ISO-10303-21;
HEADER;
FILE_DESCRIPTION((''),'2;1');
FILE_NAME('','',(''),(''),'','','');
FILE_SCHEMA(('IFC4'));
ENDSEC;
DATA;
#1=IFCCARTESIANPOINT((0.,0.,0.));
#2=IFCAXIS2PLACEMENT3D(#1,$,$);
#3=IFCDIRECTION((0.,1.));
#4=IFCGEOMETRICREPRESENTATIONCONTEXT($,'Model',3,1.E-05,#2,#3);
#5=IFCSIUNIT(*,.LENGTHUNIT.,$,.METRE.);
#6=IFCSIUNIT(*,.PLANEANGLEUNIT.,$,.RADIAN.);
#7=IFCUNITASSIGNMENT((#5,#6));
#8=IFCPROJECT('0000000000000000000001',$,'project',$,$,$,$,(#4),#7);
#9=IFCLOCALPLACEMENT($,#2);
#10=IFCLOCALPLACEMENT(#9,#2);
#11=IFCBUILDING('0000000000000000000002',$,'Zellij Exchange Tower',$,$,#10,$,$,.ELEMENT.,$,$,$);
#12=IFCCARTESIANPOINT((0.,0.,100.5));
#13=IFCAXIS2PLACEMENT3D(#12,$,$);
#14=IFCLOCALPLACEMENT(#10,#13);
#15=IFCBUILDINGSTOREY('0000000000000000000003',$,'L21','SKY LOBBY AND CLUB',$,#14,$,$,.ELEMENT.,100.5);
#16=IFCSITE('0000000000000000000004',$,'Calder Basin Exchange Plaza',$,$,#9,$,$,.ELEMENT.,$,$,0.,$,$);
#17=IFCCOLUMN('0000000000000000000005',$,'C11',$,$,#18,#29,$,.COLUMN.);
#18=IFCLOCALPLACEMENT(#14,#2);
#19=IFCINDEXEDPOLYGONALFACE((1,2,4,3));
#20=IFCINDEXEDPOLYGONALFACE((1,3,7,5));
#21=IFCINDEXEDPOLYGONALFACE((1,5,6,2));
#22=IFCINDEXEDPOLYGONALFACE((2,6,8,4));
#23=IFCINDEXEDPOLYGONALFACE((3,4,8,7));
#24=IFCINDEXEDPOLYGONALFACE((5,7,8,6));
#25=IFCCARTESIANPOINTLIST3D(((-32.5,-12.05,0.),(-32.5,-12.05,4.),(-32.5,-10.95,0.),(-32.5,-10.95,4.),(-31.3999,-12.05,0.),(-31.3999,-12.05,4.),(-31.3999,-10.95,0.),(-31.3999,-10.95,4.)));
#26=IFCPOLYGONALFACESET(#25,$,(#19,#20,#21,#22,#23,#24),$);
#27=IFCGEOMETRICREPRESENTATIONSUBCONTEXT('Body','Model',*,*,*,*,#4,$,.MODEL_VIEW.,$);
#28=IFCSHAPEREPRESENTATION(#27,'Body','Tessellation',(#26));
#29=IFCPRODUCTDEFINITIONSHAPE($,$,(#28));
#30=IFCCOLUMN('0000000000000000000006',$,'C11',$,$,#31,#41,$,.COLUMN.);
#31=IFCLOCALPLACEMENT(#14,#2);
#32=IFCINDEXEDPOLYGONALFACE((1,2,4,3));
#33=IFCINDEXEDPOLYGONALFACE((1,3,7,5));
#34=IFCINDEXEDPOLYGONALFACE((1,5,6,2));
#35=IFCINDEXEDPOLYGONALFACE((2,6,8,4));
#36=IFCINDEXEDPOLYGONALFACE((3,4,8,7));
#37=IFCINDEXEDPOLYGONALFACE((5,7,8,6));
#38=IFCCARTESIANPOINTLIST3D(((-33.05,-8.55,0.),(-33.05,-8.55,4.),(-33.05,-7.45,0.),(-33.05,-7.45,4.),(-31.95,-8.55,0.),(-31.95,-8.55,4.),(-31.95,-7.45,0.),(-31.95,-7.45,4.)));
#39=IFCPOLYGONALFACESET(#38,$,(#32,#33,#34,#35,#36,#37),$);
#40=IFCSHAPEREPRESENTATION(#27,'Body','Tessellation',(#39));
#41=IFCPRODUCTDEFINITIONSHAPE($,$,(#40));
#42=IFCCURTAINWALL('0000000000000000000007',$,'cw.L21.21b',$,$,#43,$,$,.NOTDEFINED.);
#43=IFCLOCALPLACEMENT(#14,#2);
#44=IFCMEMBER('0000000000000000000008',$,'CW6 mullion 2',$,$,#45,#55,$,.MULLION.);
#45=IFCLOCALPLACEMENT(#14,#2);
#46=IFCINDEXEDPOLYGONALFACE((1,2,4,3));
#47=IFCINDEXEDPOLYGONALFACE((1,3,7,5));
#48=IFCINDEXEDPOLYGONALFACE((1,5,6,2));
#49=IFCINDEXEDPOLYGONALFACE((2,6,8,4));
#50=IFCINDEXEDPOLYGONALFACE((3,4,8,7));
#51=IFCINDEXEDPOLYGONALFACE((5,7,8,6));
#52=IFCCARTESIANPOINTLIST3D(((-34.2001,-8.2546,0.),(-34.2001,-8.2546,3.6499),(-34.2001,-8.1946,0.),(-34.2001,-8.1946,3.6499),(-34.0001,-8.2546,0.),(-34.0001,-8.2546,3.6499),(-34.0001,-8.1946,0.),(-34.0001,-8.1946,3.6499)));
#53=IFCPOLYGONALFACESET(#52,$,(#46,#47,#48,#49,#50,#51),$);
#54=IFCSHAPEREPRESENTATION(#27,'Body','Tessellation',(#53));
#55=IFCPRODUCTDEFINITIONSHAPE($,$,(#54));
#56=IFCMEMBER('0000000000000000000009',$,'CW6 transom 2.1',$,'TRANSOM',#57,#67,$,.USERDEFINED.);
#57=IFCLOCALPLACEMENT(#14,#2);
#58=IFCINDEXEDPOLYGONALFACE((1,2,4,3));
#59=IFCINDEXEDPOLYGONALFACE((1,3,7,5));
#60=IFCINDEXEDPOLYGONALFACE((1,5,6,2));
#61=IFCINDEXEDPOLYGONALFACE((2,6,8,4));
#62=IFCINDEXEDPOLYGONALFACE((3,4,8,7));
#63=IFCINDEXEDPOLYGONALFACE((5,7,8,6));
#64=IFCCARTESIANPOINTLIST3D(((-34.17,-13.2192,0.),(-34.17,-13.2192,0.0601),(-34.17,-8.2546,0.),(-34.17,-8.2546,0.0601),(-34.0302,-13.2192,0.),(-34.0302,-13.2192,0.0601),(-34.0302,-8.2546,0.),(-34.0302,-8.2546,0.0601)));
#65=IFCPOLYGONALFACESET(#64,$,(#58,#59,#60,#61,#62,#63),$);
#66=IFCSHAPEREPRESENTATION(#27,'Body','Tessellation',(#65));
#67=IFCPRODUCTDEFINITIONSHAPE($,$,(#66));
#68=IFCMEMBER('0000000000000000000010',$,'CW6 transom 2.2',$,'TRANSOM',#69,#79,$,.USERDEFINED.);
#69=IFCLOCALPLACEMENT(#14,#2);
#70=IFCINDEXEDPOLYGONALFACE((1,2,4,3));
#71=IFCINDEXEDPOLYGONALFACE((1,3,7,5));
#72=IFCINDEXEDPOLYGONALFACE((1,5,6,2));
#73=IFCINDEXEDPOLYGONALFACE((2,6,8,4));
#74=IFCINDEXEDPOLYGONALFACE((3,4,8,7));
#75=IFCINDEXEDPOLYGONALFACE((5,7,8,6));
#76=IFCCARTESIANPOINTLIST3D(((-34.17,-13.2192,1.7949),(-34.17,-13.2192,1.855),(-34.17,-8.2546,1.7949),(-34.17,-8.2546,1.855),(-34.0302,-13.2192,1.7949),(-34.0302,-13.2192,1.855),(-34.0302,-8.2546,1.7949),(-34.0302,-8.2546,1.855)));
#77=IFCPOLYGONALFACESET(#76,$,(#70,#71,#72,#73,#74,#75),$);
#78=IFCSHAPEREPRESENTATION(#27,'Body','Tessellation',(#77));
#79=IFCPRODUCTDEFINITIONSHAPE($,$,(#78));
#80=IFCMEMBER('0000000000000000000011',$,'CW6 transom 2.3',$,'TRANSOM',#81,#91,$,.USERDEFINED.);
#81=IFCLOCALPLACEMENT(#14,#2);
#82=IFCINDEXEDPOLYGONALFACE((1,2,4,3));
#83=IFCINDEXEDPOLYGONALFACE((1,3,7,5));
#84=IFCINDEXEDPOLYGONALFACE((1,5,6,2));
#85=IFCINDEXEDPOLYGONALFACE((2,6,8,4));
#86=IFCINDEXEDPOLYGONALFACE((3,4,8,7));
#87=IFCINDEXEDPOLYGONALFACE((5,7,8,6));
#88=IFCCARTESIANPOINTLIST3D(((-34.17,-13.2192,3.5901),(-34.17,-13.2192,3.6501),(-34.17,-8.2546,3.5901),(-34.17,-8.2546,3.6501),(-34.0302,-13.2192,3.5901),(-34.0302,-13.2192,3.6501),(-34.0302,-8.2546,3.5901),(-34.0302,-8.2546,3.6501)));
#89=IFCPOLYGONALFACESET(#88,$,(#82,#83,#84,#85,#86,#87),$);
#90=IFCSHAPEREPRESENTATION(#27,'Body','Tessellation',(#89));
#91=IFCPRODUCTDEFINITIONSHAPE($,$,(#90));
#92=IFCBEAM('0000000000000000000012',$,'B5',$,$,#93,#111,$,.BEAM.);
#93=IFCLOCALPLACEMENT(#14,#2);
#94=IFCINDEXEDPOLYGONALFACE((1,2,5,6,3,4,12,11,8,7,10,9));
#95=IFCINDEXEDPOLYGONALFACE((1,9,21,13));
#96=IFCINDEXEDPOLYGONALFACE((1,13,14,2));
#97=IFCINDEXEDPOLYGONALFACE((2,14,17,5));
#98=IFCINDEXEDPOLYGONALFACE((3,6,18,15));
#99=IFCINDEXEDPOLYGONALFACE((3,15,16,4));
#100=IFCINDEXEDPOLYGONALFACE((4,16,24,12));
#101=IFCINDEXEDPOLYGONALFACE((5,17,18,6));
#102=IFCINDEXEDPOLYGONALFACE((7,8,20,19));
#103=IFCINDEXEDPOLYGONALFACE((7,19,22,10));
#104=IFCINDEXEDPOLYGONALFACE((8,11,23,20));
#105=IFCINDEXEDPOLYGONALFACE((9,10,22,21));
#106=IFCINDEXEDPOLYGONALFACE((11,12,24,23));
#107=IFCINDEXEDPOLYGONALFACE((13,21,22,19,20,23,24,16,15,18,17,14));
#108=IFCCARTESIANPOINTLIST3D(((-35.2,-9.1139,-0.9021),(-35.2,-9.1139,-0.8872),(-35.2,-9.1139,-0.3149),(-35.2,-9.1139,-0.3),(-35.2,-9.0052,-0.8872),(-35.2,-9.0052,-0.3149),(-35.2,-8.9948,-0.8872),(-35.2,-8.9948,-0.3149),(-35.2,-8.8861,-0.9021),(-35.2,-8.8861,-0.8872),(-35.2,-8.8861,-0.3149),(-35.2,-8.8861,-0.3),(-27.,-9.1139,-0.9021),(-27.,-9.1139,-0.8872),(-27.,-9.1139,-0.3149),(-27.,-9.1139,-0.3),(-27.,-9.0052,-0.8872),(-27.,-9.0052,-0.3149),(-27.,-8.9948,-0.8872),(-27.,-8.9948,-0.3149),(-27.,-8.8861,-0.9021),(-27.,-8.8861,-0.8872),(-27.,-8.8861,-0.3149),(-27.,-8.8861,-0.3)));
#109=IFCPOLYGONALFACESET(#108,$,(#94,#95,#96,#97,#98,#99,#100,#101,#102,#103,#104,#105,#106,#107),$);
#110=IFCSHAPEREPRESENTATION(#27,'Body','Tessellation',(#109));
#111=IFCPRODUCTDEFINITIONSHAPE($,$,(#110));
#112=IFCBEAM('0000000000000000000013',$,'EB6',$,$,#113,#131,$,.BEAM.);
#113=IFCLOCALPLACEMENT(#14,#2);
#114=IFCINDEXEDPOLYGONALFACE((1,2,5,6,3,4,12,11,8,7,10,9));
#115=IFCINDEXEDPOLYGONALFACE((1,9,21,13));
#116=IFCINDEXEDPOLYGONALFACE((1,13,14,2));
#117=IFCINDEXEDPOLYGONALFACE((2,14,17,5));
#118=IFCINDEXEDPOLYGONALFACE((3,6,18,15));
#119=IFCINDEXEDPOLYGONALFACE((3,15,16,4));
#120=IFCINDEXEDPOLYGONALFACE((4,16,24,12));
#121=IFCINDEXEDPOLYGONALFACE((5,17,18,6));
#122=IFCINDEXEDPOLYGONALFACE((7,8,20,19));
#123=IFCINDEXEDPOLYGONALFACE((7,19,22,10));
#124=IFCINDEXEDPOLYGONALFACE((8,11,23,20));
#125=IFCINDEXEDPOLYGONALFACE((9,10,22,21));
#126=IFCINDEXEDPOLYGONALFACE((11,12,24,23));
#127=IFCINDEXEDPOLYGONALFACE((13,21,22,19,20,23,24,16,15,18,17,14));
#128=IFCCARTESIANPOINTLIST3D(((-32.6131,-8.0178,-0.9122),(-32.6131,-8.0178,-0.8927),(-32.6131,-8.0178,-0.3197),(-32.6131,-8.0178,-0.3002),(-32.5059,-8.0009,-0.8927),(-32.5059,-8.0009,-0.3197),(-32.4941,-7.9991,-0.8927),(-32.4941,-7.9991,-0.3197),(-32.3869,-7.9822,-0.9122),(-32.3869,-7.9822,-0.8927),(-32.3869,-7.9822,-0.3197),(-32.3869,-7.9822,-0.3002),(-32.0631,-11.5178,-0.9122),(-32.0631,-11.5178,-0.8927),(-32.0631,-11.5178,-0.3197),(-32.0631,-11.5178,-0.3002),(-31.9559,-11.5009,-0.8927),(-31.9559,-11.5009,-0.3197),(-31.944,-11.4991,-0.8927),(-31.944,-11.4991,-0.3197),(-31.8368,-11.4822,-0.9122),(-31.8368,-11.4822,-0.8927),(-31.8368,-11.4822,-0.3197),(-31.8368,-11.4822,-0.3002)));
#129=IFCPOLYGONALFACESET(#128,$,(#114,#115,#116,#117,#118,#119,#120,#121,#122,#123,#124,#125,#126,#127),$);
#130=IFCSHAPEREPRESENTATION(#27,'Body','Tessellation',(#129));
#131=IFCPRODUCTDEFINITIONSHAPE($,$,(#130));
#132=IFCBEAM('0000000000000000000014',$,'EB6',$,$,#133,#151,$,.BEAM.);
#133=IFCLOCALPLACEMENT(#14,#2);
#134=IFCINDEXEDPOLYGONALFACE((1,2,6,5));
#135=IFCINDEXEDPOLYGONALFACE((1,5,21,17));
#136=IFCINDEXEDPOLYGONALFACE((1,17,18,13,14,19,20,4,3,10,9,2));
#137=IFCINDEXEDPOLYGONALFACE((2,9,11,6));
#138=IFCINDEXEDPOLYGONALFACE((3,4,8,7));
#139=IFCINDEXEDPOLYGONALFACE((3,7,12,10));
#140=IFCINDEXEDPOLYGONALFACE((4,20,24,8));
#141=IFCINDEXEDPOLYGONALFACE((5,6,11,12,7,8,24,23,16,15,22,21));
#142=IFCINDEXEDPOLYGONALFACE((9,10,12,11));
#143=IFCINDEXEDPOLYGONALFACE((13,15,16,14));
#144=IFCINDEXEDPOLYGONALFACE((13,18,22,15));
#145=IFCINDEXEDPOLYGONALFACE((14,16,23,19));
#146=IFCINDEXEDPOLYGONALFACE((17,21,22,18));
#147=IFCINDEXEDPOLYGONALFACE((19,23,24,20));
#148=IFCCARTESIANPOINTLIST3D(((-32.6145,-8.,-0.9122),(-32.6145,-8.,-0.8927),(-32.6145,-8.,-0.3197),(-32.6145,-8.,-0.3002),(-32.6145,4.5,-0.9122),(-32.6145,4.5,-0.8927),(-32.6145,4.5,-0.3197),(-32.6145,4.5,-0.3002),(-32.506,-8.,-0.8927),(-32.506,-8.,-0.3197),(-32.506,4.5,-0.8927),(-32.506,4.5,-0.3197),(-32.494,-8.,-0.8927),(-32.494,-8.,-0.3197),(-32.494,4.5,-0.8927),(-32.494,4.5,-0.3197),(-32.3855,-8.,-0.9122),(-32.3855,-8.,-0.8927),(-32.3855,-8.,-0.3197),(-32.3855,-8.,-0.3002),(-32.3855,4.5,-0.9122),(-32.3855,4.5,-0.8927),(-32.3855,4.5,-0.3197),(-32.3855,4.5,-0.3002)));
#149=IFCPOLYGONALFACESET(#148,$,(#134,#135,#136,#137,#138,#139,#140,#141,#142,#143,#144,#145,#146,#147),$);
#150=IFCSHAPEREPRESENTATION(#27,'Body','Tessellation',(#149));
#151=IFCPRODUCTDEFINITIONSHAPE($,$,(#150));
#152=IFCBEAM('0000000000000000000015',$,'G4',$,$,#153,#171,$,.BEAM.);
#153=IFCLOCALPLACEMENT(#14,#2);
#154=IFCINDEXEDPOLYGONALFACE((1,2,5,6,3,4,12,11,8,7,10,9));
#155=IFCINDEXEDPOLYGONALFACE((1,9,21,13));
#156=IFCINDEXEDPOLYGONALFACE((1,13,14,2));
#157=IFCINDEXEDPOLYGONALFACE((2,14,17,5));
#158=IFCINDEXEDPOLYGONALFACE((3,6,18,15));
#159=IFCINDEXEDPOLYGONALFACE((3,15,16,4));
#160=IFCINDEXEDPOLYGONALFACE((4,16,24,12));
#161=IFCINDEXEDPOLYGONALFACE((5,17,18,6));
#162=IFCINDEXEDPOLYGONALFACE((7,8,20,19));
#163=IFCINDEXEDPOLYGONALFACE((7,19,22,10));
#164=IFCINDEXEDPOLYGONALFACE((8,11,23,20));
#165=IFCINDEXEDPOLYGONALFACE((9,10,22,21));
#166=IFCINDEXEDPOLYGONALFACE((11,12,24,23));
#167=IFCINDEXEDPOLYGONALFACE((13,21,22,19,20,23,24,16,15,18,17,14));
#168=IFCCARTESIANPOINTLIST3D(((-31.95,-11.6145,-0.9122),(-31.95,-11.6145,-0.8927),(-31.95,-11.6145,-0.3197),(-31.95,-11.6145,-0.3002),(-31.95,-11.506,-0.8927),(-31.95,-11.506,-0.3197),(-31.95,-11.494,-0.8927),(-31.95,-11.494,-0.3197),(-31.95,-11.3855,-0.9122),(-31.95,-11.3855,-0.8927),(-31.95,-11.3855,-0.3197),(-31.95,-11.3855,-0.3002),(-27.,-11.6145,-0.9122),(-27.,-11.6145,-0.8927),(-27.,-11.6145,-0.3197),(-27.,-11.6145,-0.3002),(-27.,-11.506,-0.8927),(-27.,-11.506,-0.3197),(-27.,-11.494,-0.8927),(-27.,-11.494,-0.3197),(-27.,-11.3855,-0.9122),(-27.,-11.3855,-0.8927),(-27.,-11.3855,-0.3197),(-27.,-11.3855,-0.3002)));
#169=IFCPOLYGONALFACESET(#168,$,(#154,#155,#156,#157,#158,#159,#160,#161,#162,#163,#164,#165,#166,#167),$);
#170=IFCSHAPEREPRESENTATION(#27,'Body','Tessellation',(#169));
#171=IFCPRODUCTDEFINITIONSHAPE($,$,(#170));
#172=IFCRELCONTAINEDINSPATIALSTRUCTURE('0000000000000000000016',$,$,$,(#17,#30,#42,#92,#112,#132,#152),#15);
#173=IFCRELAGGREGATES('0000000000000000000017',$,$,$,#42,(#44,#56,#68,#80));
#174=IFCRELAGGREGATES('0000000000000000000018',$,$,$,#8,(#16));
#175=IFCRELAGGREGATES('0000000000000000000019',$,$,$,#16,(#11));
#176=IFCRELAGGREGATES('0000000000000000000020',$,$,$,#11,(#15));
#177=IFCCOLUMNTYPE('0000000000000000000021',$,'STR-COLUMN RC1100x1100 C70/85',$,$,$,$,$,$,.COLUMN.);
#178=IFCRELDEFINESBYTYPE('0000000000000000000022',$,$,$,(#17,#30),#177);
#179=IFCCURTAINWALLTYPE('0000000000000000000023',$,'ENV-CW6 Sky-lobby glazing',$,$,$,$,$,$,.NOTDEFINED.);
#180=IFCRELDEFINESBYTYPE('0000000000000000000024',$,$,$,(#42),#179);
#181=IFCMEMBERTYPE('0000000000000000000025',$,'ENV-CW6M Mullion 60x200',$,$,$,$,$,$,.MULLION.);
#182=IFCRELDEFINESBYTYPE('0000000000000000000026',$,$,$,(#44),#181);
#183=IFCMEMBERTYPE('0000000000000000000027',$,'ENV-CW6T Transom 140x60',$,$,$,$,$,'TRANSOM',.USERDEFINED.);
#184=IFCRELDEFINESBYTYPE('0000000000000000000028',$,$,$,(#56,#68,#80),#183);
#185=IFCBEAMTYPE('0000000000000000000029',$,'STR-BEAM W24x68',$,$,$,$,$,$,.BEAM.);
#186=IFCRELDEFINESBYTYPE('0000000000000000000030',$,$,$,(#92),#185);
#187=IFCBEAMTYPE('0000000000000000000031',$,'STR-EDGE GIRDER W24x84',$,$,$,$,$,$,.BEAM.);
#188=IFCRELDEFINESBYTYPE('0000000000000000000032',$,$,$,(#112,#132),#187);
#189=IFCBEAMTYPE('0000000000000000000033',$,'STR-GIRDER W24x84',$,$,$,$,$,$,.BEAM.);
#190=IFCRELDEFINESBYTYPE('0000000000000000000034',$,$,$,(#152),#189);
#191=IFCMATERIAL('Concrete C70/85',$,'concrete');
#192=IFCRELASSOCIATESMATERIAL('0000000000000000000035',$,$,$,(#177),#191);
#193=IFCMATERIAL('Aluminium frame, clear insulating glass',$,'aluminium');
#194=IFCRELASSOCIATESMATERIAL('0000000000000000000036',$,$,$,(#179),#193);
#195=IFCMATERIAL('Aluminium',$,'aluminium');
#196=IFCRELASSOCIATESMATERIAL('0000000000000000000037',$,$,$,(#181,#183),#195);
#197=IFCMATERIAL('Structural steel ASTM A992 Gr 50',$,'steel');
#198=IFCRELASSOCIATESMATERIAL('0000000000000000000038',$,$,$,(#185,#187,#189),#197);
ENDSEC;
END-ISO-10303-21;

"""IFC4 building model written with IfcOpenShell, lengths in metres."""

from ifc_helpers import new_model, si_unit, direction, frame, origin, origin_2d, place, context, subcontext, project, spatial, rectangle, i_section, extrude, material, material_profile, profile_set, type_object, element, aggregate, save


model = new_model("IFC4")

# Units and contexts
model_context = context("Model", 3, precision=1e-05, world=origin(), true_north=direction((0.0, 1.0)))
body_context = subcontext(model_context, "Body", "Model", "MODEL_VIEW")
ifc_project = project(units=[si_unit("LENGTHUNIT", "METRE"), si_unit("PLANEANGLEUNIT", "RADIAN")], contexts=[model_context])

# Site, building, storey
site_placement = place(None, origin())
site = spatial("IfcSite", under=ifc_project, at=site_placement, Name="Calder Basin Exchange Plaza", CompositionType="ELEMENT", RefElevation=0.0)
building_placement = place(site_placement, origin())
building = spatial("IfcBuilding", under=site, at=building_placement, Name="Zellij Exchange Tower", CompositionType="ELEMENT")
storey_placement = place(building_placement, frame((0.0, 0.0, 100.5)))
storey = spatial("IfcBuildingStorey", under=building, at=storey_placement, Name="L21", Description="SKY LOBBY AND CLUB", CompositionType="ELEMENT", Elevation=100.5)

# Columns
ifc_material_1 = material(Name="Concrete C70/85", Category="concrete")
ifc_material_profile_1 = material_profile(ifc_material_1, rectangle(XDim=1.1001, YDim=1.1001, at=origin_2d()), Name="STR-COLUMN RC1100x1100 C70/85")
ifc_profile_set_1 = profile_set([ifc_material_profile_1], Name="Concrete C70/85")
column_type = type_object("IfcColumnType", Name="STR-COLUMN RC1100x1100 C70/85", PredefinedType="COLUMN", material=ifc_profile_set_1)
for number, where, z_axis, x_axis, name in (
    (1, (-31.95, -11.5, 0.0), (0.0, 0.0, 1.0), (1.0, 0.0, 0.0), "C11"),
    (2, (-32.5, -8.0, 0.0), (0.0, 0.0, 1.0), (1.0, 0.0, 0.0), "C11"),
):
    element("IfcColumn", number, at=place(storey_placement, frame(where, z_axis=z_axis, x_axis=x_axis)), inside=storey, type_object=column_type, Name=name, PredefinedType="COLUMN", context=body_context, shape_type="SweptSolid", body=[
        extrude(rectangle(XDim=1.1001, YDim=1.1001, at=origin_2d()), origin(), (0.0, 0.0, 1.0), 4.0),
    ])

# Curtain wall, members
ifc_material_2 = material(Name="Aluminium frame, clear insulating glass", Category="aluminium")
curtain_wall_type = type_object("IfcCurtainWallType", Name="ENV-CW6 Sky-lobby glazing", PredefinedType="NOTDEFINED", material=ifc_material_2)
curtain_wall_placement = place(storey_placement, origin())
curtain_wall = element("IfcCurtainWall", 3, at=curtain_wall_placement, inside=storey, type_object=curtain_wall_type, Name="cw.L21.21b", PredefinedType="NOTDEFINED")
ifc_material_3 = material(Name="Aluminium", Category="aluminium")
ifc_material_profile_2 = material_profile(ifc_material_3, rectangle(XDim=0.0601, YDim=0.2, at=origin_2d()), Name="AL 60x200")
ifc_profile_set_2 = profile_set([ifc_material_profile_2], Name="Aluminium")
member_type_1 = type_object("IfcMemberType", Name="ENV-CW6M Mullion 60x200", PredefinedType="MULLION", material=ifc_profile_set_2)
member_1_placement = place(storey_placement, frame((-34.1001, -8.2246, 0.0), z_axis=(0.0, 0.0, 1.0), x_axis=(0.0, -1.0, 0.0)))
member_1 = element("IfcMember", 4, at=member_1_placement, type_object=member_type_1, Name="CW6 mullion 2", PredefinedType="MULLION", context=body_context, shape_type="SweptSolid", body=[
    extrude(rectangle(XDim=0.0601, YDim=0.2, at=origin_2d()), origin(), (0.0, 0.0, 1.0), 3.6499),
])
ifc_material_profile_3 = material_profile(ifc_material_3, rectangle(XDim=0.1399, YDim=0.0601, at=origin_2d()), Name="AL 140x60")
ifc_profile_set_3 = profile_set([ifc_material_profile_3], Name="Aluminium")
member_type_2 = type_object("IfcMemberType", Name="ENV-CW6T Transom 140x60", ElementType="TRANSOM", PredefinedType="USERDEFINED", material=ifc_profile_set_3)
member_2_placement = place(storey_placement, frame((-34.1001, -8.2546, 0.03), z_axis=(0.0, -1.0, 0.0), x_axis=(1.0, 0.0, 0.0)))
member_2 = element("IfcMember", 5, at=member_2_placement, type_object=member_type_2, Name="CW6 transom 2.1", ObjectType="TRANSOM", PredefinedType="USERDEFINED", context=body_context, shape_type="SweptSolid", body=[
    extrude(rectangle(XDim=0.1399, YDim=0.0601, at=origin_2d()), origin(), (0.0, 0.0, 1.0), 4.9646),
])
member_3_placement = place(storey_placement, frame((-34.1001, -8.2546, 1.825), z_axis=(0.0, -1.0, 0.0), x_axis=(1.0, 0.0, 0.0)))
member_3 = element("IfcMember", 6, at=member_3_placement, type_object=member_type_2, Name="CW6 transom 2.2", ObjectType="TRANSOM", PredefinedType="USERDEFINED", context=body_context, shape_type="SweptSolid", body=[
    extrude(rectangle(XDim=0.1399, YDim=0.0601, at=origin_2d()), origin(), (0.0, 0.0, 1.0), 4.9646),
])
member_4_placement = place(storey_placement, frame((-34.1001, -8.2546, 3.6201), z_axis=(0.0, -1.0, 0.0), x_axis=(1.0, 0.0, 0.0)))
member_4 = element("IfcMember", 7, at=member_4_placement, type_object=member_type_2, Name="CW6 transom 2.3", ObjectType="TRANSOM", PredefinedType="USERDEFINED", context=body_context, shape_type="SweptSolid", body=[
    extrude(rectangle(XDim=0.1399, YDim=0.0601, at=origin_2d()), origin(), (0.0, 0.0, 1.0), 4.9646),
])

# Beams
ifc_material_4 = material(Name="Structural steel ASTM A992 Gr 50", Category="steel")
ifc_material_profile_4 = material_profile(ifc_material_4, i_section(OverallWidth=0.2278, OverallDepth=0.6021, WebThickness=0.0105, FlangeThickness=0.0149, at=origin_2d()), Name="W24x68")
ifc_profile_set_4 = profile_set([ifc_material_profile_4], Name="Structural steel ASTM A992 Gr 50")
beam_type_1 = type_object("IfcBeamType", Name="STR-BEAM W24x68", PredefinedType="BEAM", material=ifc_profile_set_4)
beam_1_placement = place(storey_placement, frame((-35.2, -9.0, -0.6011), z_axis=(1.0, 0.0, 0.0), x_axis=(0.0, 1.0, 0.0)))
element("IfcBeam", 8, at=beam_1_placement, inside=storey, type_object=beam_type_1, Name="B5", PredefinedType="BEAM", context=body_context, shape_type="SweptSolid", body=[
    extrude(i_section(OverallWidth=0.2278, OverallDepth=0.6021, WebThickness=0.0105, FlangeThickness=0.0149, at=origin_2d()), origin(), (0.0, 0.0, 1.0), 8.2),
])
ifc_material_profile_5 = material_profile(ifc_material_4, i_section(OverallWidth=0.229, OverallDepth=0.6121, WebThickness=0.012, FlangeThickness=0.0195, at=origin_2d()), Name="W24x84")
ifc_profile_set_5 = profile_set([ifc_material_profile_5], Name="Structural steel ASTM A992 Gr 50")
beam_type_2 = type_object("IfcBeamType", Name="STR-EDGE GIRDER W24x84", PredefinedType="BEAM", material=ifc_profile_set_5)
beam_2_placement = place(storey_placement, frame((-31.95, -11.5, -0.6062), z_axis=(-0.155251, 0.987875, 0.0), x_axis=(-0.987875, -0.155251, 0.0)))
element("IfcBeam", 9, at=beam_2_placement, inside=storey, type_object=beam_type_2, Name="EB6", PredefinedType="BEAM", context=body_context, shape_type="SweptSolid", body=[
    extrude(i_section(OverallWidth=0.229, OverallDepth=0.6121, WebThickness=0.012, FlangeThickness=0.0195, at=origin_2d()), origin(), (0.0, 0.0, 1.0), 3.543),
])
beam_3_placement = place(storey_placement, frame((-32.5, -8.0, -0.6062), z_axis=(0.0, 1.0, 0.0), x_axis=(-1.0, 0.0, 0.0)))
element("IfcBeam", 10, at=beam_3_placement, inside=storey, type_object=beam_type_2, Name="EB6", PredefinedType="BEAM", context=body_context, shape_type="SweptSolid", body=[
    extrude(i_section(OverallWidth=0.229, OverallDepth=0.6121, WebThickness=0.012, FlangeThickness=0.0195, at=origin_2d()), origin(), (0.0, 0.0, 1.0), 12.5),
])
ifc_material_profile_6 = material_profile(ifc_material_4, i_section(OverallWidth=0.229, OverallDepth=0.6121, WebThickness=0.012, FlangeThickness=0.0195, at=origin_2d()), Name="W24x84")
ifc_profile_set_6 = profile_set([ifc_material_profile_6], Name="Structural steel ASTM A992 Gr 50")
beam_type_3 = type_object("IfcBeamType", Name="STR-GIRDER W24x84", PredefinedType="BEAM", material=ifc_profile_set_6)
beam_4_placement = place(storey_placement, frame((-31.95, -11.5, -0.6062), z_axis=(1.0, 0.0, 0.0), x_axis=(0.0, 1.0, 0.0)))
element("IfcBeam", 11, at=beam_4_placement, inside=storey, type_object=beam_type_3, Name="G4", PredefinedType="BEAM", context=body_context, shape_type="SweptSolid", body=[
    extrude(i_section(OverallWidth=0.229, OverallDepth=0.6121, WebThickness=0.012, FlangeThickness=0.0195, at=origin_2d()), origin(), (0.0, 0.0, 1.0), 4.95),
])

aggregate(curtain_wall, [member_1, member_2, member_3, member_4])

save(model, "model.ifc")
